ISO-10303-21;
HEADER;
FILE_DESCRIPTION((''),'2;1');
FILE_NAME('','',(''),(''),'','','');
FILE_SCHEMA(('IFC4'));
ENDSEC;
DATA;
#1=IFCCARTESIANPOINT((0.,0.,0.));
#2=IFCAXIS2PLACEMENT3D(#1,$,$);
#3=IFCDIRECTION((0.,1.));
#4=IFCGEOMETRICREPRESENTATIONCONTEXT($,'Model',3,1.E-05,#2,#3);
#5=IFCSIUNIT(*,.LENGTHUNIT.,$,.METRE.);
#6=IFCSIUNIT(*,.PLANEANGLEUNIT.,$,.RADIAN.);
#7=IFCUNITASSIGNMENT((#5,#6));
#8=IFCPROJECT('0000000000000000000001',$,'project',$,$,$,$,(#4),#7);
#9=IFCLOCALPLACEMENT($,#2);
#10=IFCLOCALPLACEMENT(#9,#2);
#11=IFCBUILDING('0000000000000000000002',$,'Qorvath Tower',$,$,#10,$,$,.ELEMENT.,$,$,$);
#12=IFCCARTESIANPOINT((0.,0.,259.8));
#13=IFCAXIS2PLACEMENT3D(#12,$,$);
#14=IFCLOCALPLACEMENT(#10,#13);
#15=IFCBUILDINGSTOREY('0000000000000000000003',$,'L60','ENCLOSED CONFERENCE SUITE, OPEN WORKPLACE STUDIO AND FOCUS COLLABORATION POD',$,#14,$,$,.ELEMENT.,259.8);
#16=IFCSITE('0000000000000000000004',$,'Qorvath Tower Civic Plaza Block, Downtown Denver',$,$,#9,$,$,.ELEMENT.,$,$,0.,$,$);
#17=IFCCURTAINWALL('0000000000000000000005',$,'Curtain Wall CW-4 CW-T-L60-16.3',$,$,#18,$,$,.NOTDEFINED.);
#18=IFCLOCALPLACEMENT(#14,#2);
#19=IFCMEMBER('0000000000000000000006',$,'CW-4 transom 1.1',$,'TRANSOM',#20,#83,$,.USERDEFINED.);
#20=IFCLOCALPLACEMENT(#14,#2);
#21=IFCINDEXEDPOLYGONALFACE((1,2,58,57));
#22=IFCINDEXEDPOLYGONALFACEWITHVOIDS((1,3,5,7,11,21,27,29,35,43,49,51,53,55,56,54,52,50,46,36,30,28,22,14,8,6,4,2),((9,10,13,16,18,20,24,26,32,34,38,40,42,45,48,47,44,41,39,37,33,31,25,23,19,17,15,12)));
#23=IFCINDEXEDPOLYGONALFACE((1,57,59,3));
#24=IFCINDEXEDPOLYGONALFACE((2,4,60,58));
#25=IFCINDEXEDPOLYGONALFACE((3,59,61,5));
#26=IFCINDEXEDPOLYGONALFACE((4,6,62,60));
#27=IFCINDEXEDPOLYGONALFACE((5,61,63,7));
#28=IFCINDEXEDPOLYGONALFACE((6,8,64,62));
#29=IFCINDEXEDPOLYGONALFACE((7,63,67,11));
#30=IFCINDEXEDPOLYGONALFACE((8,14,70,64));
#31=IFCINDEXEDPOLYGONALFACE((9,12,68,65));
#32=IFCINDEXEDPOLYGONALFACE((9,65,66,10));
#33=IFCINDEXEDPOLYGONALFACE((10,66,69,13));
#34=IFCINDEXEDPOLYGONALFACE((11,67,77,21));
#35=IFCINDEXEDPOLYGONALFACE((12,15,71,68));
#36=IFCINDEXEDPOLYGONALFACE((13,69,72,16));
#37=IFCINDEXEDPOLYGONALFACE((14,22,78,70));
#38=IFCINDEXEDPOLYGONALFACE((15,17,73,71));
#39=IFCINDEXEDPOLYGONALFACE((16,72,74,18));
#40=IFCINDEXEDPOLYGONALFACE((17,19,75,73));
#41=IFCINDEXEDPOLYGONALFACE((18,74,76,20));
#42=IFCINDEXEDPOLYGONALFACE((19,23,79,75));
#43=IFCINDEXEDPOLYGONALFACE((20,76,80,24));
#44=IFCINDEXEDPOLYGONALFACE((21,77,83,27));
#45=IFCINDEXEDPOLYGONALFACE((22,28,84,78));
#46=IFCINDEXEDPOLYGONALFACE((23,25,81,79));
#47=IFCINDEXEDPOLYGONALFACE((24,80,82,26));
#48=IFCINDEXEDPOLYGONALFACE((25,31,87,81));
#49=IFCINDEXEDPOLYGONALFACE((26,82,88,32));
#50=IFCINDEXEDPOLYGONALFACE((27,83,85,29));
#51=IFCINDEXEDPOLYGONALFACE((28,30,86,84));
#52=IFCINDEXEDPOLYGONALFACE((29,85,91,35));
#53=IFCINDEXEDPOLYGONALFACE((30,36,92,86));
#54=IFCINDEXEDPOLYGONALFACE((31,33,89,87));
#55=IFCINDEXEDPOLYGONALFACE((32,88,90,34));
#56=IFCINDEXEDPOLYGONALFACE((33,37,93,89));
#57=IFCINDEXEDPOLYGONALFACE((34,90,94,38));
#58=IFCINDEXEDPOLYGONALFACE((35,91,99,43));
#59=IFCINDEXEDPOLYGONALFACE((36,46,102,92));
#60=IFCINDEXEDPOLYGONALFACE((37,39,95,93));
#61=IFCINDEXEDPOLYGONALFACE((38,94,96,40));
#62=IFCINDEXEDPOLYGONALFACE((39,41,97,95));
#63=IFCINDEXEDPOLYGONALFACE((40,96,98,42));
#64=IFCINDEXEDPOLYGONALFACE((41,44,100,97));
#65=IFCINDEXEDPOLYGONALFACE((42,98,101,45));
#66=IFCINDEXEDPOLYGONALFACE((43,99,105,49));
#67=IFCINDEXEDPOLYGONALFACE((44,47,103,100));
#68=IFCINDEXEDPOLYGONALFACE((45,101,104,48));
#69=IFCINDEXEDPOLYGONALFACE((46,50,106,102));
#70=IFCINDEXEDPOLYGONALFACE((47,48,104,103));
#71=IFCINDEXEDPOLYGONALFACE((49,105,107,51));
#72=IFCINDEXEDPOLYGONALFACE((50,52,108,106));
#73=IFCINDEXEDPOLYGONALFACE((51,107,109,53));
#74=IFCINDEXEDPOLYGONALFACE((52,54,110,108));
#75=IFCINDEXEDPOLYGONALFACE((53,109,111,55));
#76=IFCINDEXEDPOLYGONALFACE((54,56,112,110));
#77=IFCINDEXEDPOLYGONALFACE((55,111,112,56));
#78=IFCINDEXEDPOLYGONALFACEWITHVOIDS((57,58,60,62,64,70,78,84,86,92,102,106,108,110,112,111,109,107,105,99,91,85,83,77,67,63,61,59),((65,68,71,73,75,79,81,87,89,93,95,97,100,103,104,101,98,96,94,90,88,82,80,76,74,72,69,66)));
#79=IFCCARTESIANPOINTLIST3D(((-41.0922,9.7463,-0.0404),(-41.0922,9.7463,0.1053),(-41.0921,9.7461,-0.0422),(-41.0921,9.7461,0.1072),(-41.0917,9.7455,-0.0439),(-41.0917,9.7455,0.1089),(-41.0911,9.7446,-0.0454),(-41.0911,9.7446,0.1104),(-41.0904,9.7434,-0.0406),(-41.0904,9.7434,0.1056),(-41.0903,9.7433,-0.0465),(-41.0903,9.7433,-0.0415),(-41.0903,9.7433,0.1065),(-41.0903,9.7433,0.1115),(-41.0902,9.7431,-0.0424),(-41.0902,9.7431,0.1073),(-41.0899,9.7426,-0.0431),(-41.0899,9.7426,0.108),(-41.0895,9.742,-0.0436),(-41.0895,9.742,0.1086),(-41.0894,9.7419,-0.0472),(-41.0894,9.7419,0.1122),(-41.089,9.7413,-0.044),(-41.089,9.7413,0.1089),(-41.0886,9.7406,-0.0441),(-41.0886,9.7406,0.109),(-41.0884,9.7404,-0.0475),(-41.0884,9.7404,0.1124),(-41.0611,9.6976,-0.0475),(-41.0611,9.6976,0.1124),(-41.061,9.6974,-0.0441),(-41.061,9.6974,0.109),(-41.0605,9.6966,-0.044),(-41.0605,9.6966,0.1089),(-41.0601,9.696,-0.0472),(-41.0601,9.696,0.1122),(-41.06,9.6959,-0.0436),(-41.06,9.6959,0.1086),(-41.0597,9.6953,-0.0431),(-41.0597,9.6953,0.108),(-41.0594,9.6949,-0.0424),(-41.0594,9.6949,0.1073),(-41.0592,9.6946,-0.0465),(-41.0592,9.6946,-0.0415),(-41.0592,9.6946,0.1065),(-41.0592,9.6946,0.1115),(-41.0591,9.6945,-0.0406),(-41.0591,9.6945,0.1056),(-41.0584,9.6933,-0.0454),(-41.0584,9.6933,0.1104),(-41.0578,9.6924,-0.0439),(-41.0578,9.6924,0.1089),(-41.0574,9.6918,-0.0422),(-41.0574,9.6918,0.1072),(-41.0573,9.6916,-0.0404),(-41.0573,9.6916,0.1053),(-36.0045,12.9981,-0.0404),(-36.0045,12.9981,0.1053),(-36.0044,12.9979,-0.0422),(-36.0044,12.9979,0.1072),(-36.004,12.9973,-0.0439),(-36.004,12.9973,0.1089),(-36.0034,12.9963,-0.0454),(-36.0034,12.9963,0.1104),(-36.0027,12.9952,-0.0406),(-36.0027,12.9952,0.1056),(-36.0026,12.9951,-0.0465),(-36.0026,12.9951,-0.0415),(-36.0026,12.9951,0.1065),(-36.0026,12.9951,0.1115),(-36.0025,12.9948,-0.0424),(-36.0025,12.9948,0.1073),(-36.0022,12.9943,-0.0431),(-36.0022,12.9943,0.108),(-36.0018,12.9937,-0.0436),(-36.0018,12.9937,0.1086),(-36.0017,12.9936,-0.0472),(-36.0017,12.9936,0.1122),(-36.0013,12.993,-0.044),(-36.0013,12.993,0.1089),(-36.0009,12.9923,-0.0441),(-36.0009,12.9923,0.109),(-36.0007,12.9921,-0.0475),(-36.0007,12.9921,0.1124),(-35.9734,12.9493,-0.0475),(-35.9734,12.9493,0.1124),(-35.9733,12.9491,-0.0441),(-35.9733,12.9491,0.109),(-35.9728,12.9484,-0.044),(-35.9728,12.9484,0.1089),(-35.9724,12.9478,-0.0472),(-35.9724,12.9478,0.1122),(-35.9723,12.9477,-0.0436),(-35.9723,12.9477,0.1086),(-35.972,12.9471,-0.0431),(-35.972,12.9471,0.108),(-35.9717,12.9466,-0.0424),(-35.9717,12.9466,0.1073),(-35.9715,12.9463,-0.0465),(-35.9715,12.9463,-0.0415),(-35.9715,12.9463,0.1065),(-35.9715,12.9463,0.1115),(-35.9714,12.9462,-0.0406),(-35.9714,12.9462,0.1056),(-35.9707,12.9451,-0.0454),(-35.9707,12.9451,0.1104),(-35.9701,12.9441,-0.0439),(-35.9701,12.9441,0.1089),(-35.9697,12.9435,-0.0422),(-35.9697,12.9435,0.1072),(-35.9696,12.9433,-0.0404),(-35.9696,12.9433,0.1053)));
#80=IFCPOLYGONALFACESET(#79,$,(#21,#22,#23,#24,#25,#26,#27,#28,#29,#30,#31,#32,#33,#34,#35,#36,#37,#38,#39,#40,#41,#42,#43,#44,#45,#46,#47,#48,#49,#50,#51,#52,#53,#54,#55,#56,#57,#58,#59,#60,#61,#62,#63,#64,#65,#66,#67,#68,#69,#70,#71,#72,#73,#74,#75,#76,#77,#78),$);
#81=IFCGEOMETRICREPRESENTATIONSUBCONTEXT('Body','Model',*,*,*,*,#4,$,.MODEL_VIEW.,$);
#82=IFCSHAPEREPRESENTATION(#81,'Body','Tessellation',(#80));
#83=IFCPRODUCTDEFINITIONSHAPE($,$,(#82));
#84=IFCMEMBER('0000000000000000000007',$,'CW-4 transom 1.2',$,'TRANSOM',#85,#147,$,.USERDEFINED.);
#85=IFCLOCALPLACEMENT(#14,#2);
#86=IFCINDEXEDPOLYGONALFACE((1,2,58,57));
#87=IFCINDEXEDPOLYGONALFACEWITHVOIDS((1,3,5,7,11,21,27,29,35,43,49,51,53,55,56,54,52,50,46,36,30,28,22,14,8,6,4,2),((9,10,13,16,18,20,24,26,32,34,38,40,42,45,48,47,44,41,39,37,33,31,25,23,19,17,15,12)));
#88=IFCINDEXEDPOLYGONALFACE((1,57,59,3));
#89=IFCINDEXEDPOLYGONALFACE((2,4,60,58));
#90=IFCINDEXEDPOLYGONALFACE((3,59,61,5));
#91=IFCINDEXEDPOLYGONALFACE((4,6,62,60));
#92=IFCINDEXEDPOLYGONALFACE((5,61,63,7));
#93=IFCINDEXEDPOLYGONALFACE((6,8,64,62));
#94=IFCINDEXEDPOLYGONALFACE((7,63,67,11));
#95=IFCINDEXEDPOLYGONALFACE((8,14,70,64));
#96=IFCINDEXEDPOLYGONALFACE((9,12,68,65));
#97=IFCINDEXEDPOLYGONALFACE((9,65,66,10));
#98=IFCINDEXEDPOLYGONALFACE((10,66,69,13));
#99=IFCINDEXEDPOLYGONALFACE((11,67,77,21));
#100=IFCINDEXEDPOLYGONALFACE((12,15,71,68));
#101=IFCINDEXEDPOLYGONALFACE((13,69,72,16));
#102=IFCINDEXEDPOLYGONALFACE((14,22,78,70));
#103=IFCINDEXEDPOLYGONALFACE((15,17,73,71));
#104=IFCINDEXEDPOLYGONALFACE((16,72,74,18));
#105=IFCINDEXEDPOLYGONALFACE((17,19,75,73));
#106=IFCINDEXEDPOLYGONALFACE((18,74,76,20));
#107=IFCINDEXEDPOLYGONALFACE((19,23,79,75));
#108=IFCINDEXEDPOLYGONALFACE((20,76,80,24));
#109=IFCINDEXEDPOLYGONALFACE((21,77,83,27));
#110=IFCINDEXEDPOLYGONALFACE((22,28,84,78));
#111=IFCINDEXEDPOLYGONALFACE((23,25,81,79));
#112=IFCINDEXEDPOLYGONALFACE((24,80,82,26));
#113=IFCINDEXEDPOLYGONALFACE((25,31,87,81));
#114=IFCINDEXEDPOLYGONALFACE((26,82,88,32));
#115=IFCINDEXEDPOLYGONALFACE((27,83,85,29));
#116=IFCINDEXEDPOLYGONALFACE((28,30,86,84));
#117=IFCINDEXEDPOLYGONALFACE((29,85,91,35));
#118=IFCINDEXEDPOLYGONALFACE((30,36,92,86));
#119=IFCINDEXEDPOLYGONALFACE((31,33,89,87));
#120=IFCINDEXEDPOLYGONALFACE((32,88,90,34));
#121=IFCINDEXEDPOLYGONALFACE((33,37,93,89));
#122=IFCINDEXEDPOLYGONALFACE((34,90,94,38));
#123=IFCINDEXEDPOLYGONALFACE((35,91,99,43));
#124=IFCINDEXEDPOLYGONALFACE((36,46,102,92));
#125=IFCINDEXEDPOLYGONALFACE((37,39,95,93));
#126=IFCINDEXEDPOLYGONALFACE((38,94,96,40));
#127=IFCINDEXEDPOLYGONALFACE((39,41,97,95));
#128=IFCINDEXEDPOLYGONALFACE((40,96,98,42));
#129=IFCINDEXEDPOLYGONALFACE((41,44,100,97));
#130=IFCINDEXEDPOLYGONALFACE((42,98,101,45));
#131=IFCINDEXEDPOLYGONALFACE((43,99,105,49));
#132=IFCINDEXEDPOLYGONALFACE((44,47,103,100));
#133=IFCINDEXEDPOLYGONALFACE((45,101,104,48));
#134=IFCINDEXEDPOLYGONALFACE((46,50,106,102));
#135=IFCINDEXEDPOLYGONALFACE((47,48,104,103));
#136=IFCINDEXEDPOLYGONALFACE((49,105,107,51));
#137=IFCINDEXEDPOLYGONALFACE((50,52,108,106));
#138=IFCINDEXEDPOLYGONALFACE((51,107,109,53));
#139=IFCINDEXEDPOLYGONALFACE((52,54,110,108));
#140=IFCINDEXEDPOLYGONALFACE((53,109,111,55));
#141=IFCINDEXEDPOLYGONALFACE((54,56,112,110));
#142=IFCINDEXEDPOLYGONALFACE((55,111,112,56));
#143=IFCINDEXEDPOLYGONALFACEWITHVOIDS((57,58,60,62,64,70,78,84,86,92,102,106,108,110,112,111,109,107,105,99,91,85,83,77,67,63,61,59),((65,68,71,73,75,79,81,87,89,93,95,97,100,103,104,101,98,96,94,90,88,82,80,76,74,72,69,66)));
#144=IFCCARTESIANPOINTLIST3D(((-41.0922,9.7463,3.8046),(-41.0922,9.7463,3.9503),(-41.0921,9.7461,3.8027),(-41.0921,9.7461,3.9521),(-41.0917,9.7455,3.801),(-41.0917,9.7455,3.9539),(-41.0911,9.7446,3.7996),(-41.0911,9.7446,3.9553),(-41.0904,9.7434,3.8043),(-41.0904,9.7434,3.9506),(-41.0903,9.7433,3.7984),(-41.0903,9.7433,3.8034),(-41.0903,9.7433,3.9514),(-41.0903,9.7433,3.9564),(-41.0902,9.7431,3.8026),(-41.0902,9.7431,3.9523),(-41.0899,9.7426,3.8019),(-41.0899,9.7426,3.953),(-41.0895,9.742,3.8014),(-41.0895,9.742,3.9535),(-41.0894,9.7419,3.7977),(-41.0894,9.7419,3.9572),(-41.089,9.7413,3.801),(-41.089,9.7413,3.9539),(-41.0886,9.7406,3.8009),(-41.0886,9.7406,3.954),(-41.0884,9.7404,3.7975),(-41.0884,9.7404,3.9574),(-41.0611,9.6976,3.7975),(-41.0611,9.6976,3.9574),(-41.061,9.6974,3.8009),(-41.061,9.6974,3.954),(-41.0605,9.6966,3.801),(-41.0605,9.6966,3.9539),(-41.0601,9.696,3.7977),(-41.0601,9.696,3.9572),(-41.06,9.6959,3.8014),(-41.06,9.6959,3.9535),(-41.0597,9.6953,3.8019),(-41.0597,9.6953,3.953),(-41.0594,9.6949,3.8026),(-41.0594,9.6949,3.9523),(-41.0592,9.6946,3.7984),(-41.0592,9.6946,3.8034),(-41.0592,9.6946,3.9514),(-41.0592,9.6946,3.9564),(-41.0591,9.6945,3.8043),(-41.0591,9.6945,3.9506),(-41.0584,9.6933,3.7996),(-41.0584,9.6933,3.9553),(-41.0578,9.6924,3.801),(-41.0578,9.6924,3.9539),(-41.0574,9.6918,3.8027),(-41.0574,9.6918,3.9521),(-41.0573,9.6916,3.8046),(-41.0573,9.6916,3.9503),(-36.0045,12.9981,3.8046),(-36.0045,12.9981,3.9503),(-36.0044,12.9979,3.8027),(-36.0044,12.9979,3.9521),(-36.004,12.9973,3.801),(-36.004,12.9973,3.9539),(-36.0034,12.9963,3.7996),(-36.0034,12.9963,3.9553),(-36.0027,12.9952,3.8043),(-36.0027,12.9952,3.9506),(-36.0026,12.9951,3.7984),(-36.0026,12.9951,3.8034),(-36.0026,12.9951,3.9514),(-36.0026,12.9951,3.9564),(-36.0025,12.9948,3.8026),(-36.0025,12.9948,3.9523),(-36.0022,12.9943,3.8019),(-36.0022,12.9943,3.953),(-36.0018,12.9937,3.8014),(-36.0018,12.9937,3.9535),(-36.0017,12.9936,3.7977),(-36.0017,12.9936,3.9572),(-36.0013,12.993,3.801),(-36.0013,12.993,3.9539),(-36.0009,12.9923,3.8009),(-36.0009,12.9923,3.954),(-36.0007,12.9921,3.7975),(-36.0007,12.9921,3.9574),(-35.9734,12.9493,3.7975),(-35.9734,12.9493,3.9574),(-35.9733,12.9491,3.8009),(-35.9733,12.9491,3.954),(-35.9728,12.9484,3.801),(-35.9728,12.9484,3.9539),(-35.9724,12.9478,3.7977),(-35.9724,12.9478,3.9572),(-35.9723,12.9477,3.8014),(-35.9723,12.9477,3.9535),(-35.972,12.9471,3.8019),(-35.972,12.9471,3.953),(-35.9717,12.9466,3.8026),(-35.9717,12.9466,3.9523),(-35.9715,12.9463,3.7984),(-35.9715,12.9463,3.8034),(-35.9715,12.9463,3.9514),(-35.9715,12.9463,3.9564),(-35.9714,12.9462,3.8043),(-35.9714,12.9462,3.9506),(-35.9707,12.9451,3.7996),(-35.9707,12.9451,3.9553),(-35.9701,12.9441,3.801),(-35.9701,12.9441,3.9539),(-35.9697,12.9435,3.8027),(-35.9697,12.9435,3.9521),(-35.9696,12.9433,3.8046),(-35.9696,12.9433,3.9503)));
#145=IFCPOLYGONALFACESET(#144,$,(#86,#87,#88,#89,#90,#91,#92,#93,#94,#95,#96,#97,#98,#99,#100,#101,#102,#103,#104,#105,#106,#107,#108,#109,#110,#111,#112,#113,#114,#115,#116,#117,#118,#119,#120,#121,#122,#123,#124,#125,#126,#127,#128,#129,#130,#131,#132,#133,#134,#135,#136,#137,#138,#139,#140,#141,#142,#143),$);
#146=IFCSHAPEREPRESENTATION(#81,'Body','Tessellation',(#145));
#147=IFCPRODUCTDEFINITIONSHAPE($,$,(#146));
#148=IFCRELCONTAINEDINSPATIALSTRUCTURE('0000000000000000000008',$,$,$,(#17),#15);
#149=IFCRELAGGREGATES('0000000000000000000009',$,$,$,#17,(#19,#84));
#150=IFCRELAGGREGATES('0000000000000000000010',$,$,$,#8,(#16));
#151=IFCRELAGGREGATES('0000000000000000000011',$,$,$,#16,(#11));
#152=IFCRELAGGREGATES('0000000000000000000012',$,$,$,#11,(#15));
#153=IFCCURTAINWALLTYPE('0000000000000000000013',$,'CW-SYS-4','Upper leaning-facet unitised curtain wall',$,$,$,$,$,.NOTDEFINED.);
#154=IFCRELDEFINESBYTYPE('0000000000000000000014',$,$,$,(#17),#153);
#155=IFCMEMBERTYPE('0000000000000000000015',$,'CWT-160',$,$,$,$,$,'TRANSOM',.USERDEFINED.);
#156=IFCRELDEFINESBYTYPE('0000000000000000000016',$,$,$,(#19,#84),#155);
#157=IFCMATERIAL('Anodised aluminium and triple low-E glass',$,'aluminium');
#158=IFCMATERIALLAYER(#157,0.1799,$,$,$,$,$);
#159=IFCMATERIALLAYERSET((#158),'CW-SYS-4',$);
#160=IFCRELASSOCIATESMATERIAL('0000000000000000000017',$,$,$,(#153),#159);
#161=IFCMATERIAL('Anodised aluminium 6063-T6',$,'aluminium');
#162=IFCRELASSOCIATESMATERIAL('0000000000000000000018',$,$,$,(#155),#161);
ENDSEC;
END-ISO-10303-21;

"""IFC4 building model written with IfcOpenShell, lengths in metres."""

from ifc_helpers import new_model, si_unit, direction, frame, origin, origin_2d, place, context, subcontext, project, spatial, hollow_rectangle, extrude, material, layer, layer_set, material_profile, profile_set, type_object, element, aggregate, save


model = new_model("IFC4")

# Units and contexts
model_context = context("Model", 3, precision=1e-05, world=origin(), true_north=direction((0.0, 1.0)))
body_context = subcontext(model_context, "Body", "Model", "MODEL_VIEW")
ifc_project = project(units=[si_unit("LENGTHUNIT", "METRE"), si_unit("PLANEANGLEUNIT", "RADIAN")], contexts=[model_context])

# Site, building, storey
site_placement = place(None, origin())
site = spatial("IfcSite", under=ifc_project, at=site_placement, Name="Qorvath Tower Civic Plaza Block, Downtown Denver", CompositionType="ELEMENT", RefElevation=0.0)
building_placement = place(site_placement, origin())
building = spatial("IfcBuilding", under=site, at=building_placement, Name="Qorvath Tower", CompositionType="ELEMENT")
storey_placement = place(building_placement, frame((0.0, 0.0, 259.8)))
storey = spatial("IfcBuildingStorey", under=building, at=storey_placement, Name="L60", Description="ENCLOSED CONFERENCE SUITE, OPEN WORKPLACE STUDIO AND FOCUS COLLABORATION POD", CompositionType="ELEMENT", Elevation=259.8)

# Curtain wall, members
ifc_material_1 = material(Name="Anodised aluminium and triple low-E glass", Category="aluminium")
ifc_layer_1 = layer(ifc_material_1, 0.1799)
ifc_layer_set_1 = layer_set([ifc_layer_1], Name="CW-SYS-4")
curtain_wall_type = type_object("IfcCurtainWallType", Name="CW-SYS-4", Description="Upper leaning-facet unitised curtain wall", PredefinedType="NOTDEFINED", material=ifc_layer_set_1)
curtain_wall_placement = place(storey_placement, origin())
curtain_wall = element("IfcCurtainWall", 1, at=curtain_wall_placement, inside=storey, type_object=curtain_wall_type, Name="Curtain Wall CW-4 CW-T-L60-16.3", PredefinedType="NOTDEFINED")
ifc_material_2 = material(Name="Anodised aluminium 6063-T6", Category="aluminium")
ifc_material_profile_1 = material_profile(ifc_material_2, hollow_rectangle(XDim=0.0649, YDim=0.1599, WallThickness=0.0034, InnerFilletRadius=0.0034, OuterFilletRadius=0.0071, at=origin_2d()), Name="CWT 160x65")
ifc_profile_set_1 = profile_set([ifc_material_profile_1], Name="Anodised aluminium 6063-T6")
member_type_1 = type_object("IfcMemberType", Name="CWT-160", ElementType="TRANSOM", PredefinedType="USERDEFINED", material=ifc_profile_set_1)
member_1_placement = place(storey_placement, frame((-35.9871, 12.9707, 0.0325), z_axis=(-0.842601, -0.538538, 0.0), x_axis=(0.538538, -0.842601, 0.0)))
member_1 = element("IfcMember", 2, at=member_1_placement, type_object=member_type_1, Name="CW-4 transom 1.1", ObjectType="TRANSOM", PredefinedType="USERDEFINED", context=body_context, shape_type="SweptSolid", body=[
    extrude(hollow_rectangle(XDim=0.0649, YDim=0.1599, WallThickness=0.0034, InnerFilletRadius=0.0034, OuterFilletRadius=0.0071, at=origin_2d()), origin(), (0.0, 0.0, 1.0), 6.0381),
])
member_2_placement = place(storey_placement, frame((-35.9871, 12.9707, 3.8774), z_axis=(-0.842601, -0.538538, 0.0), x_axis=(0.538538, -0.842601, 0.0)))
member_2 = element("IfcMember", 3, at=member_2_placement, type_object=member_type_1, Name="CW-4 transom 1.2", ObjectType="TRANSOM", PredefinedType="USERDEFINED", context=body_context, shape_type="SweptSolid", body=[
    extrude(hollow_rectangle(XDim=0.0649, YDim=0.1599, WallThickness=0.0034, InnerFilletRadius=0.0034, OuterFilletRadius=0.0071, at=origin_2d()), origin(), (0.0, 0.0, 1.0), 6.0381),
])
aggregate(curtain_wall, [member_1, member_2])

save(model, "model.ifc")
